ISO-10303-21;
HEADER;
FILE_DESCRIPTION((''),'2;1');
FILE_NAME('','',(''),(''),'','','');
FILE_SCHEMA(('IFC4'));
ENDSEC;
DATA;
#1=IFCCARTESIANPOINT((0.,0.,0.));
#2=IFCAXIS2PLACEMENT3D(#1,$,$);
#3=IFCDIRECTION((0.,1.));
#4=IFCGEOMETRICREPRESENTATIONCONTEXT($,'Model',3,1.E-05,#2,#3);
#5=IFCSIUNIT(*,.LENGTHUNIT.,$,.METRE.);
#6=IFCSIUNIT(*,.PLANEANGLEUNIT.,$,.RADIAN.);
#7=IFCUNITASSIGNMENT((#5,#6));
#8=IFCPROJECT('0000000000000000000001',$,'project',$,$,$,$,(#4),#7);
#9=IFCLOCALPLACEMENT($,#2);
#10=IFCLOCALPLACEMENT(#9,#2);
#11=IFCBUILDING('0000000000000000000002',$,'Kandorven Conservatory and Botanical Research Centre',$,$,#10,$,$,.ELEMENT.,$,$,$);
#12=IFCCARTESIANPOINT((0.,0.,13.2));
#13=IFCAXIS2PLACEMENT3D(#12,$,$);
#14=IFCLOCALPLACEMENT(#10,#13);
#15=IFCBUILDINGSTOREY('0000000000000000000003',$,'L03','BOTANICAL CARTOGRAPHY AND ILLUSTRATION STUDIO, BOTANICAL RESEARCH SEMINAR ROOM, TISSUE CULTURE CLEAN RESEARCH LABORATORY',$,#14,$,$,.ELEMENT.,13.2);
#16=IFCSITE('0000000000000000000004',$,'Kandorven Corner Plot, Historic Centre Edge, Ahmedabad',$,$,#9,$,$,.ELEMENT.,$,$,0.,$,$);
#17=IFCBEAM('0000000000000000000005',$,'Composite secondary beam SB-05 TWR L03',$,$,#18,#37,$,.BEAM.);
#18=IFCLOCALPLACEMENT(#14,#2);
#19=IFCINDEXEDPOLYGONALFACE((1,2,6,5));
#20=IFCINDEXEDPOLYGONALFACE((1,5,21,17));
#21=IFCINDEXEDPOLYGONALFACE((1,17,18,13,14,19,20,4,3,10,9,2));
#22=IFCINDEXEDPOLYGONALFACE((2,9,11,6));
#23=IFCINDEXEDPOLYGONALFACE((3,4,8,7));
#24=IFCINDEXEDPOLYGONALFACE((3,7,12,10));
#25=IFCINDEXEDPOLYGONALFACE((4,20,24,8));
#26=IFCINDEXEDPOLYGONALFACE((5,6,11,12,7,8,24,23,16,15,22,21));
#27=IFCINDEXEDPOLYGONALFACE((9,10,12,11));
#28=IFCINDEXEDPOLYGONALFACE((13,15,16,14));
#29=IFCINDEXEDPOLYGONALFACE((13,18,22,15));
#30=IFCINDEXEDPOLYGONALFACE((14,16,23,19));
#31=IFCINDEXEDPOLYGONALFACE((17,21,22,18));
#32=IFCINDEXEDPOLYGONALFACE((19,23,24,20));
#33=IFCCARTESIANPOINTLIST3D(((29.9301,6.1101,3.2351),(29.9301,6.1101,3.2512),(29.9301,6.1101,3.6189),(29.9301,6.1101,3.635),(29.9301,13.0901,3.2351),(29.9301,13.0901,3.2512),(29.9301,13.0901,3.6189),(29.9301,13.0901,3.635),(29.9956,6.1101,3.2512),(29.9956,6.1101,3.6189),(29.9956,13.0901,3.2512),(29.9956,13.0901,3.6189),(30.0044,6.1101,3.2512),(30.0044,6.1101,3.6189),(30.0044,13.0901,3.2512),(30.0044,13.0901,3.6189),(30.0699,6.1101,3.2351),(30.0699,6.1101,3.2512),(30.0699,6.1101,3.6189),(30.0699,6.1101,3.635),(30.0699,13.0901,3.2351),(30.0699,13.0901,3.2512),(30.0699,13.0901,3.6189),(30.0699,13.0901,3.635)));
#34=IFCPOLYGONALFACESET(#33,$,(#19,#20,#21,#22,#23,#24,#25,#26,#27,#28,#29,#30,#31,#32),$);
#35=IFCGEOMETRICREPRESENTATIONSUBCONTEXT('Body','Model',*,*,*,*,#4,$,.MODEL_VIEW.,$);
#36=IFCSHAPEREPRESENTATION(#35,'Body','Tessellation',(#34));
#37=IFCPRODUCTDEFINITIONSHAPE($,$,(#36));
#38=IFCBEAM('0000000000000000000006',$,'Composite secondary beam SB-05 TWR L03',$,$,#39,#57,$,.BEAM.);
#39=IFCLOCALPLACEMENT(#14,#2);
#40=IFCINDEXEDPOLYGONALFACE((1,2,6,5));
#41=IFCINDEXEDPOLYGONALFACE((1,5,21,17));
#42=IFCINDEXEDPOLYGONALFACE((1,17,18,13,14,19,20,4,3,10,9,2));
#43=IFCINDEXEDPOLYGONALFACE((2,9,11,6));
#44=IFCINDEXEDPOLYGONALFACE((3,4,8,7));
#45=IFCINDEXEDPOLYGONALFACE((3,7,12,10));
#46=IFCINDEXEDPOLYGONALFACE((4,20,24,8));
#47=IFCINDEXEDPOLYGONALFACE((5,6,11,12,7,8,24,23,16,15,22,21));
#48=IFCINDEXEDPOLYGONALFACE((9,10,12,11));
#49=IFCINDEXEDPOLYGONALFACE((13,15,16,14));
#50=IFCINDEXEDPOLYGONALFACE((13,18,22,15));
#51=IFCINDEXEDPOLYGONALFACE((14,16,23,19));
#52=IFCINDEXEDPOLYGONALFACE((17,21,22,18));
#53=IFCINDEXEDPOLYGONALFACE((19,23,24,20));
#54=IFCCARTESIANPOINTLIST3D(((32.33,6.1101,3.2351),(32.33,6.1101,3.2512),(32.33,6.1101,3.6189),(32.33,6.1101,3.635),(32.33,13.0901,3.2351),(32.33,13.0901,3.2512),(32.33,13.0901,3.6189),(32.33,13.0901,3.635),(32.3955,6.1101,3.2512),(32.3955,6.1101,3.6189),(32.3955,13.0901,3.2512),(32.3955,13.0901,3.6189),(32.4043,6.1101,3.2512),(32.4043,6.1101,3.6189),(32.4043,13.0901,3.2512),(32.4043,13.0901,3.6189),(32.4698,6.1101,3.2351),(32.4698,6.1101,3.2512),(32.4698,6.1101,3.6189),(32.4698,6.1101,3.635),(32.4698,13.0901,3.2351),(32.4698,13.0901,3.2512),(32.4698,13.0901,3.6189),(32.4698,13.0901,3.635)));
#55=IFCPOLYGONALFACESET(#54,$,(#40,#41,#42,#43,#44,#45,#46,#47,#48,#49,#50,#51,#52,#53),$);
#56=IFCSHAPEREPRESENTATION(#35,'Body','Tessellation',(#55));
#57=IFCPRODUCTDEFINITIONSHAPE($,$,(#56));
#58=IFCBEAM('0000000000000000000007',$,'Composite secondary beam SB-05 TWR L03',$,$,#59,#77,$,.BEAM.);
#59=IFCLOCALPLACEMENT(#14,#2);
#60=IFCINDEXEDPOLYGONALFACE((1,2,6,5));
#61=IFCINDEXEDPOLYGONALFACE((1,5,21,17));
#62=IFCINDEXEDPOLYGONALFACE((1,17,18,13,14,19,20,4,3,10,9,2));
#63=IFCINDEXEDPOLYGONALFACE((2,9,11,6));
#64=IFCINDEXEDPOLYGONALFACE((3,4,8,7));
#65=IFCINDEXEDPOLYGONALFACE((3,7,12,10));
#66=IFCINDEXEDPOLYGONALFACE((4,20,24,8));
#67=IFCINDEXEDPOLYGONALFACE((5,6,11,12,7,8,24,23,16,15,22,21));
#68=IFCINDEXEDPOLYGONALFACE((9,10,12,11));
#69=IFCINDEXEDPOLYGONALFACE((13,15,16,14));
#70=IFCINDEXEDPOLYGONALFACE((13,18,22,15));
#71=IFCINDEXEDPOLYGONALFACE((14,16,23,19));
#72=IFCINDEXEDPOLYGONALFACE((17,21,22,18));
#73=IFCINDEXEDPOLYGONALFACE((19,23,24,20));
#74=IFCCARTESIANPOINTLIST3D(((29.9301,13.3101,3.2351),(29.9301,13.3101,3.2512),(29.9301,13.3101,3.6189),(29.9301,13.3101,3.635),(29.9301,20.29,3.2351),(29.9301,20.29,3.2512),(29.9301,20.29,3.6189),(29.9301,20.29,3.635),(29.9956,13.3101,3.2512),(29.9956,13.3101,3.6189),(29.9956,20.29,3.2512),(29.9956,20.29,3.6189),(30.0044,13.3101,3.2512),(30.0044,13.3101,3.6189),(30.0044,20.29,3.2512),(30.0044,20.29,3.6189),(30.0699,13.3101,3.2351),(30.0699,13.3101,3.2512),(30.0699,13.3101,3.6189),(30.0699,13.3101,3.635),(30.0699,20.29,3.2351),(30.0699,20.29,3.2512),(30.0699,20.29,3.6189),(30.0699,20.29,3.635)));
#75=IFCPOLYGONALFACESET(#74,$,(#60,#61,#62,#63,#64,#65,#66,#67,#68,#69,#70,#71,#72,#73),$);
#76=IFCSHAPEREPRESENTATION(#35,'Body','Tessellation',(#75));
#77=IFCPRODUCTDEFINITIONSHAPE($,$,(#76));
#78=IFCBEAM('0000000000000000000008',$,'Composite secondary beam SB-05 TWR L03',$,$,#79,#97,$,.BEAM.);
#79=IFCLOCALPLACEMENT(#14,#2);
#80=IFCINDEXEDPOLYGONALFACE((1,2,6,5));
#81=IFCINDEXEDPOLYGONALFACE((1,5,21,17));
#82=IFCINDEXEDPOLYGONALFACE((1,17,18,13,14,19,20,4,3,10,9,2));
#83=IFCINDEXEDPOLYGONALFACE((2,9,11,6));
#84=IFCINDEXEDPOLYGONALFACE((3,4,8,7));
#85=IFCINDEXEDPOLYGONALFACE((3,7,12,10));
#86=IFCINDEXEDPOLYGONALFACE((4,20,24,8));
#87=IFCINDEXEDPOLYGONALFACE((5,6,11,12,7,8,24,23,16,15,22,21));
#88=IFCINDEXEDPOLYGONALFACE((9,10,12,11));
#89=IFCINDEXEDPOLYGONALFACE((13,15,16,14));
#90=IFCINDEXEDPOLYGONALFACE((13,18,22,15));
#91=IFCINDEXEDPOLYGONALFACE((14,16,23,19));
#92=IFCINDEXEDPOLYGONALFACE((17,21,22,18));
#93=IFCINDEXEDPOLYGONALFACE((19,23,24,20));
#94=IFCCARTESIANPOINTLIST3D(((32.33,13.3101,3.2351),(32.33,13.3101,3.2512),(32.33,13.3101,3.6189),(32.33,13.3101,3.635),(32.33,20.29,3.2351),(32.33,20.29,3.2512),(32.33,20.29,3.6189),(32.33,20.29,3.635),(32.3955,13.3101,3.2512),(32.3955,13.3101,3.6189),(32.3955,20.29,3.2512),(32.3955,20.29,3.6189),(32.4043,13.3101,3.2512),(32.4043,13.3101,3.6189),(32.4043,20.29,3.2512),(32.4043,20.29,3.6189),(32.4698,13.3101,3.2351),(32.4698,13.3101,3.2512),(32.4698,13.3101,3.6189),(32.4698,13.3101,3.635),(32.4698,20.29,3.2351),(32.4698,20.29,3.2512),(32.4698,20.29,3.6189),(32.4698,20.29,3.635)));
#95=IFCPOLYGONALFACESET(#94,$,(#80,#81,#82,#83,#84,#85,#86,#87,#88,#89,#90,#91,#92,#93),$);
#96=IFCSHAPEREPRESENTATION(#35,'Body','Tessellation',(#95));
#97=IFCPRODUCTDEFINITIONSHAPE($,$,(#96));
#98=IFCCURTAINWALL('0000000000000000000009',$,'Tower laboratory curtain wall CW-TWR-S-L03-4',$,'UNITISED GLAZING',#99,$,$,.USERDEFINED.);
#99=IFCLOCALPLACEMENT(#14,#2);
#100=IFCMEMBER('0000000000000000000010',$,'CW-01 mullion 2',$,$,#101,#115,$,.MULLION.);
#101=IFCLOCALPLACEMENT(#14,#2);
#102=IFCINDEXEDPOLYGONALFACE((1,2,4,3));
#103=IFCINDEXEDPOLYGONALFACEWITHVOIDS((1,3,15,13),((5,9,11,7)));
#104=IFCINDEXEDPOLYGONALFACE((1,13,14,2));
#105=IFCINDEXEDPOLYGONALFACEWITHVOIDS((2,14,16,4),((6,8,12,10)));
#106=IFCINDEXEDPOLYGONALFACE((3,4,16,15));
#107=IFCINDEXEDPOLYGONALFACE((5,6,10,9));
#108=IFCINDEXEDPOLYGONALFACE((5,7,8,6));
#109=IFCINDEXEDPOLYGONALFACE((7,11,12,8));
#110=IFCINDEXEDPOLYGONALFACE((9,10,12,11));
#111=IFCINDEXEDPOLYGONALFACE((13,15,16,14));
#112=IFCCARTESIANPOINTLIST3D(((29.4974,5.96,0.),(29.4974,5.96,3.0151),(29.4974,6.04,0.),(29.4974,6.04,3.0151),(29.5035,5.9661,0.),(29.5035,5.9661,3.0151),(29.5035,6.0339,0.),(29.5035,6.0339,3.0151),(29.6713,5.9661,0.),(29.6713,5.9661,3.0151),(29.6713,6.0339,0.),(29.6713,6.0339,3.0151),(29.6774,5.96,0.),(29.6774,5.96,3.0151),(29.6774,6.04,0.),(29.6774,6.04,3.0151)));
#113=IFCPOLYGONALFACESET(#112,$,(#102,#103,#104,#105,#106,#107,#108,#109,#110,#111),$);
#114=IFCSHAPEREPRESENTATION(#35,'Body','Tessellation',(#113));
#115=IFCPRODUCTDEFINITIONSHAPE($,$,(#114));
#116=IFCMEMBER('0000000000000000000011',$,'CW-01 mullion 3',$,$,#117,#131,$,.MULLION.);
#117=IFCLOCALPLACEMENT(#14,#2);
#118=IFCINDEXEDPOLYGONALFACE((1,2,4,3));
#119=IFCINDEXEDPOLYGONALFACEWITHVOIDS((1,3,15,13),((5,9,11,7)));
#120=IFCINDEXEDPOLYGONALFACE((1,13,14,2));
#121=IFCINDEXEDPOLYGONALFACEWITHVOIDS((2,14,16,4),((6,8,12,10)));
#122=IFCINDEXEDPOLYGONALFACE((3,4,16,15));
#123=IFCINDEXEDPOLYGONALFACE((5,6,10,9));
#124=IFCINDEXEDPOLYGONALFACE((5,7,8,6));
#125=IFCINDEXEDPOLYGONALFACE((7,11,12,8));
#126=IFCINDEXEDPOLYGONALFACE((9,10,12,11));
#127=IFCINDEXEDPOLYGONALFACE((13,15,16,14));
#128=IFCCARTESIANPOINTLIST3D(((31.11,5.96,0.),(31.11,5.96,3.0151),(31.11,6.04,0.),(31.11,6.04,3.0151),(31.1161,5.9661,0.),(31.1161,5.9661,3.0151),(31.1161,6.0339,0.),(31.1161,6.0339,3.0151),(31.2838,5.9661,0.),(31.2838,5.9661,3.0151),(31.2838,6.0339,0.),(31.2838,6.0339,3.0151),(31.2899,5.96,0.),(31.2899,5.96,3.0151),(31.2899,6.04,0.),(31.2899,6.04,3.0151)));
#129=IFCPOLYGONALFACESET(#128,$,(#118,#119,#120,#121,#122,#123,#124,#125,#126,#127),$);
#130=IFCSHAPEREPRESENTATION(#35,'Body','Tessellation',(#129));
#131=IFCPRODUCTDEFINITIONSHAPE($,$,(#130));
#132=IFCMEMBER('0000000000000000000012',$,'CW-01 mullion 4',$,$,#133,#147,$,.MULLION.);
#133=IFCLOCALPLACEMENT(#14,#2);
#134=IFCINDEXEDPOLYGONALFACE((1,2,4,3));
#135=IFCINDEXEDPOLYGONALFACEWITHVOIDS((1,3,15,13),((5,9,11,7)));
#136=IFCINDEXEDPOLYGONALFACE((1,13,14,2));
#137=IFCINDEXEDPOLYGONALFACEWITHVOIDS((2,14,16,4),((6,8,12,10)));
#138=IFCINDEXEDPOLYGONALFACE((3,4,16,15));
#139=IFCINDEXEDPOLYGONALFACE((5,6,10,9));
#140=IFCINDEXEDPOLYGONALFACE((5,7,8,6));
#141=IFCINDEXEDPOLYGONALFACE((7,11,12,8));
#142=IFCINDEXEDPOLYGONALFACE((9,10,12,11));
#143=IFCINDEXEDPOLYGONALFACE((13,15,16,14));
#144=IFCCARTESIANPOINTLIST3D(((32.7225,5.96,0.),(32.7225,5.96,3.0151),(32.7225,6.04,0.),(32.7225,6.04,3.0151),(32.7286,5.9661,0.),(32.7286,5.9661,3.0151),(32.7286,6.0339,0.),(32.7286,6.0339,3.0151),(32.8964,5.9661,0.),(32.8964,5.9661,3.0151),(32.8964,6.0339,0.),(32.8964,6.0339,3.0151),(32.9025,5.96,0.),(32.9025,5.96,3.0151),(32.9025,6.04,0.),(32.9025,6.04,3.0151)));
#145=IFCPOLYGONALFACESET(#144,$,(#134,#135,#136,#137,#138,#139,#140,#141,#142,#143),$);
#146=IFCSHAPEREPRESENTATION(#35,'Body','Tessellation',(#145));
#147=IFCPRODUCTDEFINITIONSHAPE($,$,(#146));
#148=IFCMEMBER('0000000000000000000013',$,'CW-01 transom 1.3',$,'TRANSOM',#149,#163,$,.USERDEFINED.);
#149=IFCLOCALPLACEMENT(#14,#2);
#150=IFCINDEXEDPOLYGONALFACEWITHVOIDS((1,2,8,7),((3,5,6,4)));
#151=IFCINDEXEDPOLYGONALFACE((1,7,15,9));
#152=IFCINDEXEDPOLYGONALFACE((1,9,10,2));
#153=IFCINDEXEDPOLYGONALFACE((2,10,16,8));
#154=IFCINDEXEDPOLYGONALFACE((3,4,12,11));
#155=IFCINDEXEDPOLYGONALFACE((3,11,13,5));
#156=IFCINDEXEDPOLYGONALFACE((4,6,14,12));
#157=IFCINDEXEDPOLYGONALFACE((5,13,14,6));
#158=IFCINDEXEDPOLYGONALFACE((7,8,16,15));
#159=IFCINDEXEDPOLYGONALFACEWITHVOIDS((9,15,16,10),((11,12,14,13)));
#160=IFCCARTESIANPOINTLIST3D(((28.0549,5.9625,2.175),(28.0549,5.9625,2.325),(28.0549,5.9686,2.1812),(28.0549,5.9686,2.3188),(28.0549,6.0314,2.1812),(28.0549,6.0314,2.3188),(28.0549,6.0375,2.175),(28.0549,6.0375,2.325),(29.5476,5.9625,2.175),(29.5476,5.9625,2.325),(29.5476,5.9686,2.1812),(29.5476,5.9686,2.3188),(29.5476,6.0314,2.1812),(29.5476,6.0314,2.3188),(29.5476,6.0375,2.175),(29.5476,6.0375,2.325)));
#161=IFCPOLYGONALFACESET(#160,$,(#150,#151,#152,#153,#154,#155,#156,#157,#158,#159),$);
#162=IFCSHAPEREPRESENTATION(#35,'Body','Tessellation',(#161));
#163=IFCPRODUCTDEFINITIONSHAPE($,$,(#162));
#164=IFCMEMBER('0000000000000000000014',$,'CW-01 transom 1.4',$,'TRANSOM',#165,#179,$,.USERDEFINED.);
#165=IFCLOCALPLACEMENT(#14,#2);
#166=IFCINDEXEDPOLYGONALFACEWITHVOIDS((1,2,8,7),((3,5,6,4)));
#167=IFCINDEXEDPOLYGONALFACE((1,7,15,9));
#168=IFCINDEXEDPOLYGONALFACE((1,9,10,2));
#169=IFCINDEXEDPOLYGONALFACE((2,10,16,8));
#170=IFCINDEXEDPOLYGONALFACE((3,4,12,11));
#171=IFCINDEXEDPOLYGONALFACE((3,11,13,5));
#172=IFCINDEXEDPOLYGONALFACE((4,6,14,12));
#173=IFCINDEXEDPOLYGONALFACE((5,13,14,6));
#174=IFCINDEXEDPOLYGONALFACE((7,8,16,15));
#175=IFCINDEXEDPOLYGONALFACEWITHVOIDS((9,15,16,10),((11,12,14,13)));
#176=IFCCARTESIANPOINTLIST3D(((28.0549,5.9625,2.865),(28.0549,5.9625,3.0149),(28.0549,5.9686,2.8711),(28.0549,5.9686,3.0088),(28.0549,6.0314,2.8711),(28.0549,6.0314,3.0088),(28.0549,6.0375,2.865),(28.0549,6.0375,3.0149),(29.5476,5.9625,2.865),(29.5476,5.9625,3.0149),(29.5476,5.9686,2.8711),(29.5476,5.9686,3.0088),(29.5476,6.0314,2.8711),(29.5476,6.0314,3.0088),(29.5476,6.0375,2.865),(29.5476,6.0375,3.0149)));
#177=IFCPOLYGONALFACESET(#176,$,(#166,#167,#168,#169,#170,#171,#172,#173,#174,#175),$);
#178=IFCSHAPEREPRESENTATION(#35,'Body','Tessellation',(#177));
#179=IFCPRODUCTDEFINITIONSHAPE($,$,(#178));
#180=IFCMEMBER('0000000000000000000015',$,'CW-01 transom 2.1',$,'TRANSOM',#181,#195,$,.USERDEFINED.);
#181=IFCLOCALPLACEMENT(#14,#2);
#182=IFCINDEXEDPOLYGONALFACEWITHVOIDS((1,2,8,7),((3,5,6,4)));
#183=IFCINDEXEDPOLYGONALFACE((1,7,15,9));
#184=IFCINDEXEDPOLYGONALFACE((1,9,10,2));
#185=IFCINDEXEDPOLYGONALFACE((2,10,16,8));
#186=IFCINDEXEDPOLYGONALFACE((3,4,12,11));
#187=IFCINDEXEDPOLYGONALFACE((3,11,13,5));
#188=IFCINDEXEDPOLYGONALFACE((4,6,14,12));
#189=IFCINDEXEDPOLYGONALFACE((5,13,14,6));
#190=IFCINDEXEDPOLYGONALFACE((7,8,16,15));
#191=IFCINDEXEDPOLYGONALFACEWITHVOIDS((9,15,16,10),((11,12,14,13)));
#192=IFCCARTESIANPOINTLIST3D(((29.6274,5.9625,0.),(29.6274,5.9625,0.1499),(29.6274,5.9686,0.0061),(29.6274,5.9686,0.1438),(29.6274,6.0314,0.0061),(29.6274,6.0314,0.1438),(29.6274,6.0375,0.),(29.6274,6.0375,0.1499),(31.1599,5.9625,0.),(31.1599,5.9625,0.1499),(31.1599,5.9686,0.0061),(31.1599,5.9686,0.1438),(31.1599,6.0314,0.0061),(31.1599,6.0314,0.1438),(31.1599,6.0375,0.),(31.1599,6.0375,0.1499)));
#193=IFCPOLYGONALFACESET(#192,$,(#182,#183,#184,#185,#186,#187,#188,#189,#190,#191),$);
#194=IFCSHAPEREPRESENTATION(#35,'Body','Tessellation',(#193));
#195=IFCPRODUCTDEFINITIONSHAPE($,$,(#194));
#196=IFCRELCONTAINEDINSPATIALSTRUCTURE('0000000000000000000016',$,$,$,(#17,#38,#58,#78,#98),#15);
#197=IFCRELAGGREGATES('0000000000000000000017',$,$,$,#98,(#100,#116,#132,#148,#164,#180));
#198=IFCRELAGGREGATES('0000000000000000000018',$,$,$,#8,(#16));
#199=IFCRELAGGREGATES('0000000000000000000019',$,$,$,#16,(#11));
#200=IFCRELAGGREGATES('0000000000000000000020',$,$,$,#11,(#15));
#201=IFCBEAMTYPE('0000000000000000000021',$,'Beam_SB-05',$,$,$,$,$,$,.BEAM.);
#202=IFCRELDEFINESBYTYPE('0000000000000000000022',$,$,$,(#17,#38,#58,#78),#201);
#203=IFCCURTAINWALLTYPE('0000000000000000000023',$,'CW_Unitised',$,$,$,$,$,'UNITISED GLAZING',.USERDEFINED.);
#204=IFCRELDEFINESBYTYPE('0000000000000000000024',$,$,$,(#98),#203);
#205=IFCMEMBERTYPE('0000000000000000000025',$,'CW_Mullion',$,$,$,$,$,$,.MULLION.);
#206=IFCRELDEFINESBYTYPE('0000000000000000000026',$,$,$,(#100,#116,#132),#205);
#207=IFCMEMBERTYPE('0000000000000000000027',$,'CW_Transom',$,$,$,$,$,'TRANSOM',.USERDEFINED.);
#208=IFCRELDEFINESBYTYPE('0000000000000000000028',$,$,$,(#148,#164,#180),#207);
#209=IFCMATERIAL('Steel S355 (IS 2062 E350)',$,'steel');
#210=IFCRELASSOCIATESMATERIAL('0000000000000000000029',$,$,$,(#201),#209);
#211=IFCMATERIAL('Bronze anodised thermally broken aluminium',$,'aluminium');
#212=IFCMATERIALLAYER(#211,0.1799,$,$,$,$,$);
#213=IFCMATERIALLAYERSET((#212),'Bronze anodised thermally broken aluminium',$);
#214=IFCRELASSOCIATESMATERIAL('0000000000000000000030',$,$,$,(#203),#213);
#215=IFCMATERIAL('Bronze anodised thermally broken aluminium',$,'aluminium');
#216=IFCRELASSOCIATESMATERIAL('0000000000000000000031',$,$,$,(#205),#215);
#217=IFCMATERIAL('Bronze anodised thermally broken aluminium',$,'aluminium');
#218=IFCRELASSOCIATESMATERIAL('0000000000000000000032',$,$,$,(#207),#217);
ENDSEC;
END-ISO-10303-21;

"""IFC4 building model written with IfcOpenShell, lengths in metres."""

from ifc_helpers import new_model, si_unit, direction, frame, origin, origin_2d, place, context, subcontext, project, spatial, hollow_rectangle, i_section, extrude, material, layer, layer_set, material_profile, profile_set, type_object, element, aggregate, save


model = new_model("IFC4")

# Units and contexts
model_context = context("Model", 3, precision=1e-05, world=origin(), true_north=direction((0.0, 1.0)))
body_context = subcontext(model_context, "Body", "Model", "MODEL_VIEW")
ifc_project = project(units=[si_unit("LENGTHUNIT", "METRE"), si_unit("PLANEANGLEUNIT", "RADIAN")], contexts=[model_context])

# Site, building, storey
site_placement = place(None, origin())
site = spatial("IfcSite", under=ifc_project, at=site_placement, Name="Kandorven Corner Plot, Historic Centre Edge, Ahmedabad", CompositionType="ELEMENT", RefElevation=0.0)
building_placement = place(site_placement, origin())
building = spatial("IfcBuilding", under=site, at=building_placement, Name="Kandorven Conservatory and Botanical Research Centre", CompositionType="ELEMENT")
storey_placement = place(building_placement, frame((0.0, 0.0, 13.2)))
storey = spatial("IfcBuildingStorey", under=building, at=storey_placement, Name="L03", Description="BOTANICAL CARTOGRAPHY AND ILLUSTRATION STUDIO, BOTANICAL RESEARCH SEMINAR ROOM, TISSUE CULTURE CLEAN RESEARCH LABORATORY", CompositionType="ELEMENT", Elevation=13.2)

# Beams
ifc_material_1 = material(Name="Steel S355 (IS 2062 E350)", Category="steel")
ifc_material_profile_1 = material_profile(ifc_material_1, i_section(OverallWidth=0.1399, OverallDepth=0.3999, WebThickness=0.0088, FlangeThickness=0.0161, at=origin_2d()))
ifc_profile_set_1 = profile_set([ifc_material_profile_1], Name="Steel S355 (IS 2062 E350)")
beam_type = type_object("IfcBeamType", Name="Beam_SB-05", PredefinedType="BEAM", material=ifc_profile_set_1)
for number, where, z_axis, x_axis, name in (
    (1, (30.0, 6.1101, 3.4351), (0.0, 1.0, 0.0), (-1.0, 0.0, 0.0), "Composite secondary beam SB-05 TWR L03"),
    (2, (32.3999, 6.1101, 3.4351), (0.0, 1.0, 0.0), (-1.0, 0.0, 0.0), "Composite secondary beam SB-05 TWR L03"),
    (3, (30.0, 13.3101, 3.4351), (0.0, 1.0, 0.0), (-1.0, 0.0, 0.0), "Composite secondary beam SB-05 TWR L03"),
    (4, (32.3999, 13.3101, 3.4351), (0.0, 1.0, 0.0), (-1.0, 0.0, 0.0), "Composite secondary beam SB-05 TWR L03"),
):
    element("IfcBeam", number, at=place(storey_placement, frame(where, z_axis=z_axis, x_axis=x_axis)), inside=storey, type_object=beam_type, Name=name, PredefinedType="BEAM", context=body_context, shape_type="SweptSolid", body=[
        extrude(i_section(OverallWidth=0.1399, OverallDepth=0.3999, WebThickness=0.0088, FlangeThickness=0.0161, at=origin_2d()), origin(), (0.0, 0.0, 1.0), 6.98),
    ])

# Curtain wall, members
ifc_material_2 = material(Name="Bronze anodised thermally broken aluminium", Category="aluminium")
ifc_layer_1 = layer(ifc_material_2, 0.1799)
ifc_layer_set_1 = layer_set([ifc_layer_1], Name="Bronze anodised thermally broken aluminium")
curtain_wall_type = type_object("IfcCurtainWallType", Name="CW_Unitised", ElementType="UNITISED GLAZING", PredefinedType="USERDEFINED", material=ifc_layer_set_1)
curtain_wall_placement = place(storey_placement, origin())
curtain_wall = element("IfcCurtainWall", 5, at=curtain_wall_placement, inside=storey, type_object=curtain_wall_type, Name="Tower laboratory curtain wall CW-TWR-S-L03-4", ObjectType="UNITISED GLAZING", PredefinedType="USERDEFINED")
ifc_material_3 = material(Name="Bronze anodised thermally broken aluminium", Category="aluminium")
ifc_material_profile_2 = material_profile(ifc_material_3, hollow_rectangle(XDim=0.0801, YDim=0.1799, WallThickness=0.0061, at=origin_2d()))
ifc_profile_set_2 = profile_set([ifc_material_profile_2], Name="Bronze anodised thermally broken aluminium")
member_type_1 = type_object("IfcMemberType", Name="CW_Mullion", PredefinedType="MULLION", material=ifc_profile_set_2)
member_1_placement = place(storey_placement, frame((29.5874, 6.0, 0.0), z_axis=(0.0, 0.0, 1.0), x_axis=(0.0, 1.0, 0.0)))
member_1 = element("IfcMember", 6, at=member_1_placement, type_object=member_type_1, Name="CW-01 mullion 2", PredefinedType="MULLION", context=body_context, shape_type="SweptSolid", body=[
    extrude(hollow_rectangle(XDim=0.0801, YDim=0.1799, WallThickness=0.0061, at=origin_2d()), origin(), (0.0, 0.0, 1.0), 3.0151),
])
member_2_placement = place(storey_placement, frame((31.2, 6.0, 0.0), z_axis=(0.0, 0.0, 1.0), x_axis=(0.0, 1.0, 0.0)))
member_2 = element("IfcMember", 7, at=member_2_placement, type_object=member_type_1, Name="CW-01 mullion 3", PredefinedType="MULLION", context=body_context, shape_type="SweptSolid", body=[
    extrude(hollow_rectangle(XDim=0.0801, YDim=0.1799, WallThickness=0.0061, at=origin_2d()), origin(), (0.0, 0.0, 1.0), 3.0151),
])
member_3_placement = place(storey_placement, frame((32.8125, 6.0, 0.0), z_axis=(0.0, 0.0, 1.0), x_axis=(0.0, 1.0, 0.0)))
member_3 = element("IfcMember", 8, at=member_3_placement, type_object=member_type_1, Name="CW-01 mullion 4", PredefinedType="MULLION", context=body_context, shape_type="SweptSolid", body=[
    extrude(hollow_rectangle(XDim=0.0801, YDim=0.1799, WallThickness=0.0061, at=origin_2d()), origin(), (0.0, 0.0, 1.0), 3.0151),
])
ifc_material_4 = material(Name="Bronze anodised thermally broken aluminium", Category="aluminium")
ifc_material_profile_3 = material_profile(ifc_material_4, hollow_rectangle(XDim=0.075, YDim=0.1499, WallThickness=0.0061, at=origin_2d()))
ifc_profile_set_3 = profile_set([ifc_material_profile_3], Name="Bronze anodised thermally broken aluminium")
member_type_2 = type_object("IfcMemberType", Name="CW_Transom", ElementType="TRANSOM", PredefinedType="USERDEFINED", material=ifc_profile_set_3)
member_4_placement = place(storey_placement, frame((28.0549, 6.0, 2.25), z_axis=(1.0, 0.0, 0.0), x_axis=(0.0, 1.0, 0.0)))
member_4 = element("IfcMember", 9, at=member_4_placement, type_object=member_type_2, Name="CW-01 transom 1.3", ObjectType="TRANSOM", PredefinedType="USERDEFINED", context=body_context, shape_type="SweptSolid", body=[
    extrude(hollow_rectangle(XDim=0.075, YDim=0.1499, WallThickness=0.0061, at=origin_2d()), origin(), (0.0, 0.0, 1.0), 1.4927),
])
member_5_placement = place(storey_placement, frame((28.0549, 6.0, 2.9399), z_axis=(1.0, 0.0, 0.0), x_axis=(0.0, 1.0, 0.0)))
member_5 = element("IfcMember", 10, at=member_5_placement, type_object=member_type_2, Name="CW-01 transom 1.4", ObjectType="TRANSOM", PredefinedType="USERDEFINED", context=body_context, shape_type="SweptSolid", body=[
    extrude(hollow_rectangle(XDim=0.075, YDim=0.1499, WallThickness=0.0061, at=origin_2d()), origin(), (0.0, 0.0, 1.0), 1.4927),
])
member_6_placement = place(storey_placement, frame((29.6274, 6.0, 0.075), z_axis=(1.0, 0.0, 0.0), x_axis=(0.0, 1.0, 0.0)))
member_6 = element("IfcMember", 11, at=member_6_placement, type_object=member_type_2, Name="CW-01 transom 2.1", ObjectType="TRANSOM", PredefinedType="USERDEFINED", context=body_context, shape_type="SweptSolid", body=[
    extrude(hollow_rectangle(XDim=0.075, YDim=0.1499, WallThickness=0.0061, at=origin_2d()), origin(), (0.0, 0.0, 1.0), 1.5325),
])
aggregate(curtain_wall, [member_1, member_2, member_3, member_4, member_5, member_6])

save(model, "model.ifc")
